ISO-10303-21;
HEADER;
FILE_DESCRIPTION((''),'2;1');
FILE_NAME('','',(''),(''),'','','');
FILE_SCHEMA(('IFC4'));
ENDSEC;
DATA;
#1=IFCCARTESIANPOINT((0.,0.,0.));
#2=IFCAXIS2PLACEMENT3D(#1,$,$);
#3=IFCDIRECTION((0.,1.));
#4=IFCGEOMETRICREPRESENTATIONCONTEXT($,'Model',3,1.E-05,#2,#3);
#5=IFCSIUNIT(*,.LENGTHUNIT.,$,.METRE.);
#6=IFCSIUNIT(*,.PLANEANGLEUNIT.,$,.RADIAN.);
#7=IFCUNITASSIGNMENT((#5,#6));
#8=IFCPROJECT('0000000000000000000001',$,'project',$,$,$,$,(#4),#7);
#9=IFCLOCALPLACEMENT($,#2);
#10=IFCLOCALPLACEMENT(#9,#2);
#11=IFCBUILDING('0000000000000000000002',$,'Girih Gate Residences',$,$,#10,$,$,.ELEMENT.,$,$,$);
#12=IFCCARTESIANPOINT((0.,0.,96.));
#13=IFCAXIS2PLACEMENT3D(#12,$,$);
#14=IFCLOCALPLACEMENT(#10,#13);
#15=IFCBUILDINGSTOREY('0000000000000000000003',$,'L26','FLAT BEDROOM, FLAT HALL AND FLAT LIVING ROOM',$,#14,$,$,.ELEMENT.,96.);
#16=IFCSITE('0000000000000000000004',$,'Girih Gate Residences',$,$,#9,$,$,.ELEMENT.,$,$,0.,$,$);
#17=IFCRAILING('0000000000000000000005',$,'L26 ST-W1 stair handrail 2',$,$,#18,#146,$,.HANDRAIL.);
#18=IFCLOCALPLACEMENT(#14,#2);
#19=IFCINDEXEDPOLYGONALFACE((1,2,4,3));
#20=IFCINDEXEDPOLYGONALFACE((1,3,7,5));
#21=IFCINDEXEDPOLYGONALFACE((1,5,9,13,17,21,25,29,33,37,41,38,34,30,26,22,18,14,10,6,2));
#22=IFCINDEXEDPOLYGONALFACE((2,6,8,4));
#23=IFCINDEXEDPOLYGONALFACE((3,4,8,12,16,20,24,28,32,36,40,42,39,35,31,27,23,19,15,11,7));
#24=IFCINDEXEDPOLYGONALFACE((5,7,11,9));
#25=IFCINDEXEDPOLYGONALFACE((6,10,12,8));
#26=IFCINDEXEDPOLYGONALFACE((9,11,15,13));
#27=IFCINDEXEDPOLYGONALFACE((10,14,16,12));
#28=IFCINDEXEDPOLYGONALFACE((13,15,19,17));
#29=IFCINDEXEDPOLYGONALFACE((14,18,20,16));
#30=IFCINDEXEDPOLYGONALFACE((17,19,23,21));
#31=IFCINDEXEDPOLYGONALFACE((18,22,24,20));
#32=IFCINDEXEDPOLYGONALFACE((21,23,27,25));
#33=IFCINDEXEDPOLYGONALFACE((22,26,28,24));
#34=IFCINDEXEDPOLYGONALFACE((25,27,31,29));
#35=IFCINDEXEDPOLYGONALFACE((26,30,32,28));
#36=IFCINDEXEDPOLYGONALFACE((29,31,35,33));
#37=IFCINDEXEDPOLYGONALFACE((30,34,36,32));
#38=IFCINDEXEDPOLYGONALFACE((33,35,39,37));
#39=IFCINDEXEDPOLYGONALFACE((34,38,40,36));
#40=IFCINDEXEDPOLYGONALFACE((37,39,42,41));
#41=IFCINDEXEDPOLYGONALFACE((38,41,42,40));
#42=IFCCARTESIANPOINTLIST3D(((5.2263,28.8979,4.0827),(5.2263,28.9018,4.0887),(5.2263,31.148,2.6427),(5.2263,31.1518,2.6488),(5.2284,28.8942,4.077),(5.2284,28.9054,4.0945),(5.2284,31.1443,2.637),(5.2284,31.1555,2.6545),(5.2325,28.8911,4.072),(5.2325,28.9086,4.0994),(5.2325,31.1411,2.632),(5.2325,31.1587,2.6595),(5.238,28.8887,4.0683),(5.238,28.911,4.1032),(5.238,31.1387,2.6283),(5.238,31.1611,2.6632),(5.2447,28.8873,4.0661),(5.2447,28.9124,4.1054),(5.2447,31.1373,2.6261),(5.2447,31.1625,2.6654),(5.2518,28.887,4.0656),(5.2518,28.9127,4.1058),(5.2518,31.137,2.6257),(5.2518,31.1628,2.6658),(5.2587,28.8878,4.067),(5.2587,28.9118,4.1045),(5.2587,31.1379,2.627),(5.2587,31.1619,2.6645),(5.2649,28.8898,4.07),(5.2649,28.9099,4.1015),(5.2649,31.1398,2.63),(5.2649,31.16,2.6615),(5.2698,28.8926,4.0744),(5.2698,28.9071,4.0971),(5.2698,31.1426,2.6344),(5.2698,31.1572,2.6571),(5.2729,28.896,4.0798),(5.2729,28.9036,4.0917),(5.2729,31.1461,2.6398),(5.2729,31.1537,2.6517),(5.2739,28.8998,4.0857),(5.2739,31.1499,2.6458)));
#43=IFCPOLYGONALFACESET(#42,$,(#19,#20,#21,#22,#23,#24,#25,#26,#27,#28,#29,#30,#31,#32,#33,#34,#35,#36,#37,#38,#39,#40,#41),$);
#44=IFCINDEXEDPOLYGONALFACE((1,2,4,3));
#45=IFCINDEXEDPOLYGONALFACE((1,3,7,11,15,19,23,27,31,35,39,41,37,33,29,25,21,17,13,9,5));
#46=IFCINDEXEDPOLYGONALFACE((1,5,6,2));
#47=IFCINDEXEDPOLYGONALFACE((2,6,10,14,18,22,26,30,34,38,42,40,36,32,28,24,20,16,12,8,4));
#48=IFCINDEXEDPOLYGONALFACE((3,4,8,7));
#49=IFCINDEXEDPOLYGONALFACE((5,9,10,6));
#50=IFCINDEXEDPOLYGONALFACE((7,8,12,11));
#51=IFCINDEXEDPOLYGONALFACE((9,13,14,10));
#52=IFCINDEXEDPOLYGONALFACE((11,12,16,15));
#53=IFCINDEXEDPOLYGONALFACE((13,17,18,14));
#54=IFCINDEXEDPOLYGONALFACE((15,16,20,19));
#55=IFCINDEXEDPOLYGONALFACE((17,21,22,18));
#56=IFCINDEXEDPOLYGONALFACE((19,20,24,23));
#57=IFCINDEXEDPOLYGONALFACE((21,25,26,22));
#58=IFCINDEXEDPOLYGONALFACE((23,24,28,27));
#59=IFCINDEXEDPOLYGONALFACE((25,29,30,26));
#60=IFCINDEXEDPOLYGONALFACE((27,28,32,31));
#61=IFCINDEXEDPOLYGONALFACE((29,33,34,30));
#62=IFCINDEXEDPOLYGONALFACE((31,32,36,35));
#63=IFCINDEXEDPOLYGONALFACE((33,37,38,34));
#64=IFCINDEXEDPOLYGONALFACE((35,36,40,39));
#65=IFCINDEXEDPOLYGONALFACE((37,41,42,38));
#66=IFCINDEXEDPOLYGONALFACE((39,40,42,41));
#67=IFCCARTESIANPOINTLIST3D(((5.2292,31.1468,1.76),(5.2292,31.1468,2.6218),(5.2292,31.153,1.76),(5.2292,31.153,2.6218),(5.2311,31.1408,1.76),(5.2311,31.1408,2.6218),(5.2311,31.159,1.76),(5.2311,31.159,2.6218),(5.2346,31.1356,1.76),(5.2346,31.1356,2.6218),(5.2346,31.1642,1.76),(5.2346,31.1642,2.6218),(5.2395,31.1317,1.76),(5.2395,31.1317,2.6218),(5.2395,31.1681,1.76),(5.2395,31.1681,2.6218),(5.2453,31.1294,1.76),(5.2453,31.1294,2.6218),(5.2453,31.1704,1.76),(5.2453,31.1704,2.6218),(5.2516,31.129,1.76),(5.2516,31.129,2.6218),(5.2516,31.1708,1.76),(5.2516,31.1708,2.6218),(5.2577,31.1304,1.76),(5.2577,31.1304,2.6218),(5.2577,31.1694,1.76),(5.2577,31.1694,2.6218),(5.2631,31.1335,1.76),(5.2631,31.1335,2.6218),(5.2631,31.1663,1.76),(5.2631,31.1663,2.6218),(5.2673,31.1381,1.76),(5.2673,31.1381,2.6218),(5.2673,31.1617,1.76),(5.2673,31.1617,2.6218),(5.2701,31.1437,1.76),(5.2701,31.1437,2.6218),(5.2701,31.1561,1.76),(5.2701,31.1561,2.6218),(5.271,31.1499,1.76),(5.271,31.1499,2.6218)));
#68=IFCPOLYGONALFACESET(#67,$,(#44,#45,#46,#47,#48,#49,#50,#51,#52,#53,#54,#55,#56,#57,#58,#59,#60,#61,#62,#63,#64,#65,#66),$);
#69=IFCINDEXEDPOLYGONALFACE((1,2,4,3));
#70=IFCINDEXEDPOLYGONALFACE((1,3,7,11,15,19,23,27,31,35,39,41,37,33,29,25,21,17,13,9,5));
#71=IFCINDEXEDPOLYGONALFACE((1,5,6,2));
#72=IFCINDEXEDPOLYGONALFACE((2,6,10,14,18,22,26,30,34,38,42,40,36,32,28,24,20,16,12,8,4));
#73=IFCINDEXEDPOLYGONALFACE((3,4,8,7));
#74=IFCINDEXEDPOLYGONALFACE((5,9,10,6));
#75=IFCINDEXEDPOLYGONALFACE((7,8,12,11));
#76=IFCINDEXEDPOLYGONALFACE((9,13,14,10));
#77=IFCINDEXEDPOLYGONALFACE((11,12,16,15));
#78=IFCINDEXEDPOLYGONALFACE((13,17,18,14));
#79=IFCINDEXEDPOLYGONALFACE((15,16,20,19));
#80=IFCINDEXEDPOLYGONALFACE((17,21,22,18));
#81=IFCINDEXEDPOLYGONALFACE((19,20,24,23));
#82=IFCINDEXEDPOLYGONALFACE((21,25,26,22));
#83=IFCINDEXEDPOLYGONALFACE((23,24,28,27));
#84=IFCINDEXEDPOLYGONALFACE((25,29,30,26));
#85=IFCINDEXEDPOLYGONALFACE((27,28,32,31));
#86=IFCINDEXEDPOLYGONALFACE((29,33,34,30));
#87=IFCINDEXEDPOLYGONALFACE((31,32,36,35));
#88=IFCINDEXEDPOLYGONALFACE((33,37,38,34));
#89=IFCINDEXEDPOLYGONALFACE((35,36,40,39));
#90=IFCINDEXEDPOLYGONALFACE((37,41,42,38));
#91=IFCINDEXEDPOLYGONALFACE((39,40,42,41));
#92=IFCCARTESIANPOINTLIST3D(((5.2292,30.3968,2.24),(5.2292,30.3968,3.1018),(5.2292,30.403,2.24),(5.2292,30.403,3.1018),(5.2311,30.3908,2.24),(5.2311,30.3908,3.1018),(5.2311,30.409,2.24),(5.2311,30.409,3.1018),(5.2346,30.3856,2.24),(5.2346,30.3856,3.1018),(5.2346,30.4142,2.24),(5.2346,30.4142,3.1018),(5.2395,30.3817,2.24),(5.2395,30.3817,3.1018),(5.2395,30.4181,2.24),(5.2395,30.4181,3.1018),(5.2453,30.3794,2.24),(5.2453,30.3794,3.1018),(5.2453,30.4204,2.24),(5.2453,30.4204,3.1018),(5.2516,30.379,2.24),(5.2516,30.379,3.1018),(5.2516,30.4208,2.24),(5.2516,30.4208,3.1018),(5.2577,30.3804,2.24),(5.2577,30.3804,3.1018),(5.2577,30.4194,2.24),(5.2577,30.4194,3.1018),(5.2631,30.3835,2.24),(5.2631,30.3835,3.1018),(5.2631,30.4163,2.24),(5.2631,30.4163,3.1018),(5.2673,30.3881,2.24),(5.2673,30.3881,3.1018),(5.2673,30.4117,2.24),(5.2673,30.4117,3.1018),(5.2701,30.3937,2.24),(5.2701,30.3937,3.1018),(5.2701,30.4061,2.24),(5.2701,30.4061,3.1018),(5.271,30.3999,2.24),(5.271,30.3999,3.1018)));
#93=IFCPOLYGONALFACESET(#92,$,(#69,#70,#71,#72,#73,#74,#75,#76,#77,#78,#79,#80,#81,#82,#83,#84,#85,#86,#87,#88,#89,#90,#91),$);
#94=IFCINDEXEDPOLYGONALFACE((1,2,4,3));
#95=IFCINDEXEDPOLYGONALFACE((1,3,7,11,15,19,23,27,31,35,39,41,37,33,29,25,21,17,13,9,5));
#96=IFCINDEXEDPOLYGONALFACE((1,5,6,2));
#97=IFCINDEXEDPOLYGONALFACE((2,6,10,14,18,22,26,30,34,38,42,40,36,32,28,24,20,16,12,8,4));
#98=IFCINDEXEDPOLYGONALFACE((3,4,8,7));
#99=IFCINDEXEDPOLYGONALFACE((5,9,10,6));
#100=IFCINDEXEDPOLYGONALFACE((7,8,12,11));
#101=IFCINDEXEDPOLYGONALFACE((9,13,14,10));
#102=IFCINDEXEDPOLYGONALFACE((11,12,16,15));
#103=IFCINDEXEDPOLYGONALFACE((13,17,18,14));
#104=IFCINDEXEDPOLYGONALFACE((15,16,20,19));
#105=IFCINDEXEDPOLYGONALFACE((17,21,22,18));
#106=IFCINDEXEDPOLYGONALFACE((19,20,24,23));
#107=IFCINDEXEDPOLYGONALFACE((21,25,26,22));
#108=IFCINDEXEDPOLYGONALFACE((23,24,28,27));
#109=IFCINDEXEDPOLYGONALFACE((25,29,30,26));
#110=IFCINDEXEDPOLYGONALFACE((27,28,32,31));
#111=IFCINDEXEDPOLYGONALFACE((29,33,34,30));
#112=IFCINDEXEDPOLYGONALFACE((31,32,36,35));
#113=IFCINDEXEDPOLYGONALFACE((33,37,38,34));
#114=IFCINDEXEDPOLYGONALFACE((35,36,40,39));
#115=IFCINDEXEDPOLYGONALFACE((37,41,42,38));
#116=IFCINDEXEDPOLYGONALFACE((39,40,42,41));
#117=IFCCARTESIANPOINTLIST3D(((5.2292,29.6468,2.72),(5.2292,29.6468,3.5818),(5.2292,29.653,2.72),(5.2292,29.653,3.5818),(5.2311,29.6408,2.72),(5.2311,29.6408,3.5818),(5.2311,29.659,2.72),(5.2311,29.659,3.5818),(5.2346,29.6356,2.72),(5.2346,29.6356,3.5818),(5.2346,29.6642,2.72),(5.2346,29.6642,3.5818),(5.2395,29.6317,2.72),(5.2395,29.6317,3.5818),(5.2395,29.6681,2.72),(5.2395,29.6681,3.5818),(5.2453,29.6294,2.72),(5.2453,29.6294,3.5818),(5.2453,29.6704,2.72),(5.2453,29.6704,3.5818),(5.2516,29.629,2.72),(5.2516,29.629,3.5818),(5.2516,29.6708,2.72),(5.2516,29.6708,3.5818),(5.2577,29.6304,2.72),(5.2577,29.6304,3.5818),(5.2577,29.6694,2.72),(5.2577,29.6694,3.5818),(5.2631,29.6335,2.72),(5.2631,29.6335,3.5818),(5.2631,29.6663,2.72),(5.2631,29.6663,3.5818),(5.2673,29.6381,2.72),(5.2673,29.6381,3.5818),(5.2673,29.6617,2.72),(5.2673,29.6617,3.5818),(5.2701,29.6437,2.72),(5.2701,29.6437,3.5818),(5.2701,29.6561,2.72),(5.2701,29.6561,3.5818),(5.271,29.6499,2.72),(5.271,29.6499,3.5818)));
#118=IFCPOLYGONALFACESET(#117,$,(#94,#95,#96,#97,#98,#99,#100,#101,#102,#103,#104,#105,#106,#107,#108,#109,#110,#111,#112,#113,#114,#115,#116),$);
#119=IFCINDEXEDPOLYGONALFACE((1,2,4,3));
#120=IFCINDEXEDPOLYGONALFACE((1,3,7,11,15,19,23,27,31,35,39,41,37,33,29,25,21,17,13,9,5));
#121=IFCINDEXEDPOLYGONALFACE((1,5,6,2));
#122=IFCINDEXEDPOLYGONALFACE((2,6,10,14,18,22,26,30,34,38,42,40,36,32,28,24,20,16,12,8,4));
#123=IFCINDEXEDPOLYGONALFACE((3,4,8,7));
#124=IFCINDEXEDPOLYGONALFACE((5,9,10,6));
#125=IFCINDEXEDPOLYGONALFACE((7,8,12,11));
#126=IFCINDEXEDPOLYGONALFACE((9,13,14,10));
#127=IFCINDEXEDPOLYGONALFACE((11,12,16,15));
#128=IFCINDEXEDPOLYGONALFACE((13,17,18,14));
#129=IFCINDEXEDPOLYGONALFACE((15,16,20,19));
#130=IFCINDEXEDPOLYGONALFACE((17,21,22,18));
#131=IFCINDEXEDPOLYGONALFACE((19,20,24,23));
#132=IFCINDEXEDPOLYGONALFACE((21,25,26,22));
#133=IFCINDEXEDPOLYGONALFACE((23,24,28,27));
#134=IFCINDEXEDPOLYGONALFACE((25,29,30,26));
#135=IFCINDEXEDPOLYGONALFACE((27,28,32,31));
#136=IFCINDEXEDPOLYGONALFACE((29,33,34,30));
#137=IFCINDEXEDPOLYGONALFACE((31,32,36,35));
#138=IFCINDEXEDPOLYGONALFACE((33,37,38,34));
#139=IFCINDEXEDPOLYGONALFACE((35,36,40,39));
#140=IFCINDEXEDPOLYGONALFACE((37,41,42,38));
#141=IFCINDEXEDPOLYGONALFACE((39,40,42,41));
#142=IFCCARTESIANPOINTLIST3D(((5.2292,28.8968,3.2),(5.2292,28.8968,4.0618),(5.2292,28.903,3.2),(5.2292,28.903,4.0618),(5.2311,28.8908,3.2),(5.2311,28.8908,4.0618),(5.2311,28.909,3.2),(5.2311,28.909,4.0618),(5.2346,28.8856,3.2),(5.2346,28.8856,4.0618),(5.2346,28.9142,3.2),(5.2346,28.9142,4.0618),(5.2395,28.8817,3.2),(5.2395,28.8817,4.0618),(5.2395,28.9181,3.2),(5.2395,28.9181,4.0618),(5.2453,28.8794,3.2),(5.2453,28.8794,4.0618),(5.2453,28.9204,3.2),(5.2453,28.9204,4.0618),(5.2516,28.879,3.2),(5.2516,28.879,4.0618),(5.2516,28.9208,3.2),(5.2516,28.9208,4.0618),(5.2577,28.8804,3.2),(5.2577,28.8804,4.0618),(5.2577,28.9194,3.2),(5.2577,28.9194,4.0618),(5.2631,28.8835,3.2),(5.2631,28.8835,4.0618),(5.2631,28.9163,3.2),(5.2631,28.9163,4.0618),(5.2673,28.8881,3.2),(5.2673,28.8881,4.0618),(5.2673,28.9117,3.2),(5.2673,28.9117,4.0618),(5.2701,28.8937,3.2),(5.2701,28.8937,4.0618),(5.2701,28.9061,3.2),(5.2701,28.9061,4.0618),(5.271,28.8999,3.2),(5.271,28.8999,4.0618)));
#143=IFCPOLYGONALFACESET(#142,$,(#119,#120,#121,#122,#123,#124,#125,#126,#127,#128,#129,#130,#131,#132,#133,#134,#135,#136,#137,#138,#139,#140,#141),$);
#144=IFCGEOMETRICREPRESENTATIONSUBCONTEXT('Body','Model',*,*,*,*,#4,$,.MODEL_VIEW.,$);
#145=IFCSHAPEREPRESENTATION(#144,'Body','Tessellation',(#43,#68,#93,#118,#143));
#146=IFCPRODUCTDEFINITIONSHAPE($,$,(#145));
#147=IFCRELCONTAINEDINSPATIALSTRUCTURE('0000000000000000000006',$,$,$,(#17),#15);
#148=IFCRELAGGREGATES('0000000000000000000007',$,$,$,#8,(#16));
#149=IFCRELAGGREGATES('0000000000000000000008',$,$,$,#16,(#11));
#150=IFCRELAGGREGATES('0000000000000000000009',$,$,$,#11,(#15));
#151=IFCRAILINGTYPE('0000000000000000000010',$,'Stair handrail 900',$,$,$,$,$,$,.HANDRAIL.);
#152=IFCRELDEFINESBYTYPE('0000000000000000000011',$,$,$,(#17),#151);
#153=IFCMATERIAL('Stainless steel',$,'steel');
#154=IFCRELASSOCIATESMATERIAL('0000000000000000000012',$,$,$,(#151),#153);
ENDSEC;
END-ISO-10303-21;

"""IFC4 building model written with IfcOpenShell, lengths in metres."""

from ifc_helpers import new_model, si_unit, direction, frame, origin, origin_2d, place, context, subcontext, project, spatial, circle, extrude, material, type_object, element, save


model = new_model("IFC4")

# Units and contexts
model_context = context("Model", 3, precision=1e-05, world=origin(), true_north=direction((0.0, 1.0)))
body_context = subcontext(model_context, "Body", "Model", "MODEL_VIEW")
ifc_project = project(units=[si_unit("LENGTHUNIT", "METRE"), si_unit("PLANEANGLEUNIT", "RADIAN")], contexts=[model_context])

# Site, building, storey
site_placement = place(None, origin())
site = spatial("IfcSite", under=ifc_project, at=site_placement, Name="Girih Gate Residences", CompositionType="ELEMENT", RefElevation=0.0)
building_placement = place(site_placement, origin())
building = spatial("IfcBuilding", under=site, at=building_placement, Name="Girih Gate Residences", CompositionType="ELEMENT")
storey_placement = place(building_placement, frame((0.0, 0.0, 96.0)))
storey = spatial("IfcBuildingStorey", under=building, at=storey_placement, Name="L26", Description="FLAT BEDROOM, FLAT HALL AND FLAT LIVING ROOM", CompositionType="ELEMENT", Elevation=96.0)

# Railing
ifc_material_1 = material(Name="Stainless steel", Category="steel")
railing_type_1 = type_object("IfcRailingType", Name="Stair handrail 900", PredefinedType="HANDRAIL", material=ifc_material_1)
railing_1_placement = place(storey_placement, frame((5.25, 31.1499, 1.76)))
element("IfcRailing", 1, at=railing_1_placement, inside=storey, type_object=railing_type_1, Name="L26 ST-W1 stair handrail 2", PredefinedType="HANDRAIL", context=body_context, shape_type="SweptSolid", body=[
    extrude(circle(Radius=0.0239, at=origin_2d()), frame((0.0, 0.0, 0.8857), z_axis=(0.0, -0.842281, 0.539038), x_axis=(1.0, 0.0, 0.0)), (0.0, 0.0, 1.0), 2.6714),
    extrude(circle(Radius=0.021, at=origin_2d()), origin(), (0.0, 0.0, 1.0), 0.8618),
    extrude(circle(Radius=0.021, at=origin_2d()), frame((0.0, -0.75, 0.48)), (0.0, 0.0, 1.0), 0.8618),
    extrude(circle(Radius=0.021, at=origin_2d()), frame((0.0, -1.5, 0.96)), (0.0, 0.0, 1.0), 0.8618),
    extrude(circle(Radius=0.021, at=origin_2d()), frame((0.0, -2.25, 1.4399)), (0.0, 0.0, 1.0), 0.8618),
])

save(model, "model.ifc")
